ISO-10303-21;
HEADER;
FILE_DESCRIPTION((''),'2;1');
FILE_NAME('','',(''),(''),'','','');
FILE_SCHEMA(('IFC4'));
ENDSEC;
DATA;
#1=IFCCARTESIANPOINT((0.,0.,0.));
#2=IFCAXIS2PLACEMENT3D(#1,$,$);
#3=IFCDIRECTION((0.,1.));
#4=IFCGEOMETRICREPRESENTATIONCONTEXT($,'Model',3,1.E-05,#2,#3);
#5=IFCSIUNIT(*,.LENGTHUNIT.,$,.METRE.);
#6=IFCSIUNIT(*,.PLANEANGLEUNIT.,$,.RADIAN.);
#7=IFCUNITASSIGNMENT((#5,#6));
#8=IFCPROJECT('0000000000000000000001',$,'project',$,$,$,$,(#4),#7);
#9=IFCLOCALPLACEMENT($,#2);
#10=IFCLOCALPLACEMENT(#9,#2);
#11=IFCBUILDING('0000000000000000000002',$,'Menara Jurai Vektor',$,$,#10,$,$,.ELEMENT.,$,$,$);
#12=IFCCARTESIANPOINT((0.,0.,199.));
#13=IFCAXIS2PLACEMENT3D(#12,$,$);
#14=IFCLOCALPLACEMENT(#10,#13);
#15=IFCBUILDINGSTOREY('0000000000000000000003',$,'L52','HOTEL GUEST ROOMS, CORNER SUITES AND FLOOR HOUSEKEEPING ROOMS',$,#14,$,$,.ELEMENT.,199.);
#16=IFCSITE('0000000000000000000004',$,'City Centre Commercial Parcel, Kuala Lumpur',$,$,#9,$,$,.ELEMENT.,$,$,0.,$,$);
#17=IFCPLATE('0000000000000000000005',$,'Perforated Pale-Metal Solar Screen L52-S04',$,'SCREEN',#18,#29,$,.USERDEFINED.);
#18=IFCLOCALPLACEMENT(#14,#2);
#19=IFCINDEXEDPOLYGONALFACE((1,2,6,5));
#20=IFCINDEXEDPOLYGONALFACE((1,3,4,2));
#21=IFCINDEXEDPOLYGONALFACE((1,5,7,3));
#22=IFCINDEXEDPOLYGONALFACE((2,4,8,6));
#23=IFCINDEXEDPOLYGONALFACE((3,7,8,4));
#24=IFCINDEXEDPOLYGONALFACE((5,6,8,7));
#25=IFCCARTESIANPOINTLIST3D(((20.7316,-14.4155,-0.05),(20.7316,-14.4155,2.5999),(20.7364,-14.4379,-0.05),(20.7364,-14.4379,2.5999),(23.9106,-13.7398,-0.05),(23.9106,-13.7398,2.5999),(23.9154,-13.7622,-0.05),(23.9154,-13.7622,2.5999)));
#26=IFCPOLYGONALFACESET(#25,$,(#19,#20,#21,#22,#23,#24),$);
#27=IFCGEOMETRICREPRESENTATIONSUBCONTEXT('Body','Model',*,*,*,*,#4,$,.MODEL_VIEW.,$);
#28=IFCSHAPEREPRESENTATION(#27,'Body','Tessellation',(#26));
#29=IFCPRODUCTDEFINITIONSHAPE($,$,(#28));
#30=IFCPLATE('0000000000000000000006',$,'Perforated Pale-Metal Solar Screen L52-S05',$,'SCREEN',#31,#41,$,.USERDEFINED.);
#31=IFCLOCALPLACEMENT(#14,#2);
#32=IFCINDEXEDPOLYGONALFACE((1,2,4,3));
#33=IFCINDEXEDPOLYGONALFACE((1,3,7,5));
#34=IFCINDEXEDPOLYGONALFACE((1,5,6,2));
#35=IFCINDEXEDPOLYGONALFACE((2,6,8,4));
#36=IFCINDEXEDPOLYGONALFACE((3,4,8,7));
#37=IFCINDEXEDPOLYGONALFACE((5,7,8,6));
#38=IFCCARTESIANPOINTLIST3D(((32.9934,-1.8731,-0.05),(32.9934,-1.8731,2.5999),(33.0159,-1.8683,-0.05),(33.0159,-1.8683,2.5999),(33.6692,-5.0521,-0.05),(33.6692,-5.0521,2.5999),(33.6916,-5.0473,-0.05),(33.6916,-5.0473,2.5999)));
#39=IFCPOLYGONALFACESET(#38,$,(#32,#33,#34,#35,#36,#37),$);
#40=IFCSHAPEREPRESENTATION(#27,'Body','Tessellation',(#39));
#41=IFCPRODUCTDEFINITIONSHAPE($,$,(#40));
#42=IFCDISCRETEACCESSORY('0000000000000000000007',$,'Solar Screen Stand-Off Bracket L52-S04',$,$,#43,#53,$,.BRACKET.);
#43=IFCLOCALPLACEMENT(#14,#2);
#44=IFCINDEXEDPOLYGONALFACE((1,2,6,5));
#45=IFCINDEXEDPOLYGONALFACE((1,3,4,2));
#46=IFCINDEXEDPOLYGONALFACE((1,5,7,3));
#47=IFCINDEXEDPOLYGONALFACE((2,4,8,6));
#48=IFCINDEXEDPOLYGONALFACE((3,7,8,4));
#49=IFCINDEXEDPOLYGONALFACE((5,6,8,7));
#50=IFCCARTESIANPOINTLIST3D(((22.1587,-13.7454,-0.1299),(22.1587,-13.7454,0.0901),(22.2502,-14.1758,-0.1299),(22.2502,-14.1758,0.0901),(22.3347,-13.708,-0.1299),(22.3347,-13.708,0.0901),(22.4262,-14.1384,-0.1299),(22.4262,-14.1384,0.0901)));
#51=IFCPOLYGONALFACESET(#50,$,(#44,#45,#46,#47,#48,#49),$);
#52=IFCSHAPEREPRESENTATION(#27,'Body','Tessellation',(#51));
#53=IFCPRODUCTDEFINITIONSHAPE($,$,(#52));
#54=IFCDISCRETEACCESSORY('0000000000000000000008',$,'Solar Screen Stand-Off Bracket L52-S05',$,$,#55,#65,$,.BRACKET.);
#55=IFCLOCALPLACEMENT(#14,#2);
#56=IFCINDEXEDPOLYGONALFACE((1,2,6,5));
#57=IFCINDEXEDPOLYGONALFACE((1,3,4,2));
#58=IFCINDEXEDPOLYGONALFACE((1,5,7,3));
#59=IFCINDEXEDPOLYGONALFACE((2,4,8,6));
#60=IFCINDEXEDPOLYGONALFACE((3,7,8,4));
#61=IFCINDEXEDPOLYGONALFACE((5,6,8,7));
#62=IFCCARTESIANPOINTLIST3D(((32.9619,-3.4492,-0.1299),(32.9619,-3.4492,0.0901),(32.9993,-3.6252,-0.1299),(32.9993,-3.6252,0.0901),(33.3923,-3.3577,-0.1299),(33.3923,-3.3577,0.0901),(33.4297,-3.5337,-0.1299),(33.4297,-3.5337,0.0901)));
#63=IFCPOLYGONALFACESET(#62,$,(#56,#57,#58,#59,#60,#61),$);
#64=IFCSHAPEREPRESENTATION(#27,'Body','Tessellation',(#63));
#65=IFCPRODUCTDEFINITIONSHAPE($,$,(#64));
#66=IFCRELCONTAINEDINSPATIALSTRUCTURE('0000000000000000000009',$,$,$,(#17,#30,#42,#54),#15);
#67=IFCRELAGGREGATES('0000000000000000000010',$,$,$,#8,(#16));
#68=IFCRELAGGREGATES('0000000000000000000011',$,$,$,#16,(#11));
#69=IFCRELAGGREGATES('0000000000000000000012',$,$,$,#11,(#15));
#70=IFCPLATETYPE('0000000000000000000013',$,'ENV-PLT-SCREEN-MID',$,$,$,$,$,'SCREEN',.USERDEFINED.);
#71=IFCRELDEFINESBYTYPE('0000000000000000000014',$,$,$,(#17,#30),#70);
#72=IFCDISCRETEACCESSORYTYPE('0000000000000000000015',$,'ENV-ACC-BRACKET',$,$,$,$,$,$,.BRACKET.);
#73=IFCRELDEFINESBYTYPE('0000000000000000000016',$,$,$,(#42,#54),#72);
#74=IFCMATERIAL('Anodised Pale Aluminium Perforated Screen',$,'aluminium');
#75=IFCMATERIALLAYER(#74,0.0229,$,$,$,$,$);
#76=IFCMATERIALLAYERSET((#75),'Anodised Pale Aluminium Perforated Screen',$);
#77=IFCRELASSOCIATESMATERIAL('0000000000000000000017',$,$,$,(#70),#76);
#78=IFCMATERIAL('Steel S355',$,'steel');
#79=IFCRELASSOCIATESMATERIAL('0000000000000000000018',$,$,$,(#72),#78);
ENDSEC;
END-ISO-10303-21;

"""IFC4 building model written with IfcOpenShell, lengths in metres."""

from ifc_helpers import new_model, si_unit, direction, frame, origin, origin_2d, place, context, subcontext, project, spatial, rectangle, extrude, material, layer, layer_set, type_object, element, save


model = new_model("IFC4")

# Units and contexts
model_context = context("Model", 3, precision=1e-05, world=origin(), true_north=direction((0.0, 1.0)))
body_context = subcontext(model_context, "Body", "Model", "MODEL_VIEW")
ifc_project = project(units=[si_unit("LENGTHUNIT", "METRE"), si_unit("PLANEANGLEUNIT", "RADIAN")], contexts=[model_context])

# Site, building, storey
site_placement = place(None, origin())
site = spatial("IfcSite", under=ifc_project, at=site_placement, Name="City Centre Commercial Parcel, Kuala Lumpur", CompositionType="ELEMENT", RefElevation=0.0)
building_placement = place(site_placement, origin())
building = spatial("IfcBuilding", under=site, at=building_placement, Name="Menara Jurai Vektor", CompositionType="ELEMENT")
storey_placement = place(building_placement, frame((0.0, 0.0, 199.0)))
storey = spatial("IfcBuildingStorey", under=building, at=storey_placement, Name="L52", Description="HOTEL GUEST ROOMS, CORNER SUITES AND FLOOR HOUSEKEEPING ROOMS", CompositionType="ELEMENT", Elevation=199.0)

# Shared definitions
ifc_material_1 = material(Name="Steel S355", Category="steel")

# Plates
ifc_material_2 = material(Name="Anodised Pale Aluminium Perforated Screen", Category="aluminium")
ifc_layer_1 = layer(ifc_material_2, 0.0229)
ifc_layer_set_1 = layer_set([ifc_layer_1], Name="Anodised Pale Aluminium Perforated Screen")
plate_type_1 = type_object("IfcPlateType", Name="ENV-PLT-SCREEN-MID", ElementType="SCREEN", PredefinedType="USERDEFINED", material=ifc_layer_set_1)
for number, where, z_axis, x_axis, name in (
    (1, (22.3235, -14.0889, -0.05), (0.0, 0.0, 1.0), (0.978148, 0.207912, 0.0), "Perforated Pale-Metal Solar Screen L52-S04"),
    (2, (33.3425, -3.4602, -0.05), (0.0, 0.0, 1.0), (-0.207912, 0.978148, 0.0), "Perforated Pale-Metal Solar Screen L52-S05"),
):
    element("IfcPlate", number, at=place(storey_placement, frame(where, z_axis=z_axis, x_axis=x_axis)), inside=storey, type_object=plate_type_1, Name=name, ObjectType="SCREEN", PredefinedType="USERDEFINED", context=body_context, shape_type="SweptSolid", body=[
        extrude(rectangle(XDim=3.25, YDim=0.0229, at=origin_2d()), origin(), (0.0, 0.0, 1.0), 2.6499),
    ])

# Discrete accessories
discrete_accessory_type = type_object("IfcDiscreteAccessoryType", Name="ENV-ACC-BRACKET", PredefinedType="BRACKET", material=ifc_material_1)
for number, where, z_axis, x_axis, name in (
    (3, (22.2925, -13.9419, -0.1299), (0.0, 0.0, 1.0), (0.978148, 0.207912, 0.0), "Solar Screen Stand-Off Bracket L52-S04"),
    (4, (33.1958, -3.4915, -0.1299), (0.0, 0.0, 1.0), (-0.207912, 0.978148, 0.0), "Solar Screen Stand-Off Bracket L52-S05"),
):
    element("IfcDiscreteAccessory", number, at=place(storey_placement, frame(where, z_axis=z_axis, x_axis=x_axis)), inside=storey, type_object=discrete_accessory_type, Name=name, PredefinedType="BRACKET", context=body_context, shape_type="SweptSolid", body=[
        extrude(rectangle(XDim=0.1799, YDim=0.4399, at=origin_2d()), origin(), (0.0, 0.0, 1.0), 0.22),
    ])

save(model, "model.ifc")
